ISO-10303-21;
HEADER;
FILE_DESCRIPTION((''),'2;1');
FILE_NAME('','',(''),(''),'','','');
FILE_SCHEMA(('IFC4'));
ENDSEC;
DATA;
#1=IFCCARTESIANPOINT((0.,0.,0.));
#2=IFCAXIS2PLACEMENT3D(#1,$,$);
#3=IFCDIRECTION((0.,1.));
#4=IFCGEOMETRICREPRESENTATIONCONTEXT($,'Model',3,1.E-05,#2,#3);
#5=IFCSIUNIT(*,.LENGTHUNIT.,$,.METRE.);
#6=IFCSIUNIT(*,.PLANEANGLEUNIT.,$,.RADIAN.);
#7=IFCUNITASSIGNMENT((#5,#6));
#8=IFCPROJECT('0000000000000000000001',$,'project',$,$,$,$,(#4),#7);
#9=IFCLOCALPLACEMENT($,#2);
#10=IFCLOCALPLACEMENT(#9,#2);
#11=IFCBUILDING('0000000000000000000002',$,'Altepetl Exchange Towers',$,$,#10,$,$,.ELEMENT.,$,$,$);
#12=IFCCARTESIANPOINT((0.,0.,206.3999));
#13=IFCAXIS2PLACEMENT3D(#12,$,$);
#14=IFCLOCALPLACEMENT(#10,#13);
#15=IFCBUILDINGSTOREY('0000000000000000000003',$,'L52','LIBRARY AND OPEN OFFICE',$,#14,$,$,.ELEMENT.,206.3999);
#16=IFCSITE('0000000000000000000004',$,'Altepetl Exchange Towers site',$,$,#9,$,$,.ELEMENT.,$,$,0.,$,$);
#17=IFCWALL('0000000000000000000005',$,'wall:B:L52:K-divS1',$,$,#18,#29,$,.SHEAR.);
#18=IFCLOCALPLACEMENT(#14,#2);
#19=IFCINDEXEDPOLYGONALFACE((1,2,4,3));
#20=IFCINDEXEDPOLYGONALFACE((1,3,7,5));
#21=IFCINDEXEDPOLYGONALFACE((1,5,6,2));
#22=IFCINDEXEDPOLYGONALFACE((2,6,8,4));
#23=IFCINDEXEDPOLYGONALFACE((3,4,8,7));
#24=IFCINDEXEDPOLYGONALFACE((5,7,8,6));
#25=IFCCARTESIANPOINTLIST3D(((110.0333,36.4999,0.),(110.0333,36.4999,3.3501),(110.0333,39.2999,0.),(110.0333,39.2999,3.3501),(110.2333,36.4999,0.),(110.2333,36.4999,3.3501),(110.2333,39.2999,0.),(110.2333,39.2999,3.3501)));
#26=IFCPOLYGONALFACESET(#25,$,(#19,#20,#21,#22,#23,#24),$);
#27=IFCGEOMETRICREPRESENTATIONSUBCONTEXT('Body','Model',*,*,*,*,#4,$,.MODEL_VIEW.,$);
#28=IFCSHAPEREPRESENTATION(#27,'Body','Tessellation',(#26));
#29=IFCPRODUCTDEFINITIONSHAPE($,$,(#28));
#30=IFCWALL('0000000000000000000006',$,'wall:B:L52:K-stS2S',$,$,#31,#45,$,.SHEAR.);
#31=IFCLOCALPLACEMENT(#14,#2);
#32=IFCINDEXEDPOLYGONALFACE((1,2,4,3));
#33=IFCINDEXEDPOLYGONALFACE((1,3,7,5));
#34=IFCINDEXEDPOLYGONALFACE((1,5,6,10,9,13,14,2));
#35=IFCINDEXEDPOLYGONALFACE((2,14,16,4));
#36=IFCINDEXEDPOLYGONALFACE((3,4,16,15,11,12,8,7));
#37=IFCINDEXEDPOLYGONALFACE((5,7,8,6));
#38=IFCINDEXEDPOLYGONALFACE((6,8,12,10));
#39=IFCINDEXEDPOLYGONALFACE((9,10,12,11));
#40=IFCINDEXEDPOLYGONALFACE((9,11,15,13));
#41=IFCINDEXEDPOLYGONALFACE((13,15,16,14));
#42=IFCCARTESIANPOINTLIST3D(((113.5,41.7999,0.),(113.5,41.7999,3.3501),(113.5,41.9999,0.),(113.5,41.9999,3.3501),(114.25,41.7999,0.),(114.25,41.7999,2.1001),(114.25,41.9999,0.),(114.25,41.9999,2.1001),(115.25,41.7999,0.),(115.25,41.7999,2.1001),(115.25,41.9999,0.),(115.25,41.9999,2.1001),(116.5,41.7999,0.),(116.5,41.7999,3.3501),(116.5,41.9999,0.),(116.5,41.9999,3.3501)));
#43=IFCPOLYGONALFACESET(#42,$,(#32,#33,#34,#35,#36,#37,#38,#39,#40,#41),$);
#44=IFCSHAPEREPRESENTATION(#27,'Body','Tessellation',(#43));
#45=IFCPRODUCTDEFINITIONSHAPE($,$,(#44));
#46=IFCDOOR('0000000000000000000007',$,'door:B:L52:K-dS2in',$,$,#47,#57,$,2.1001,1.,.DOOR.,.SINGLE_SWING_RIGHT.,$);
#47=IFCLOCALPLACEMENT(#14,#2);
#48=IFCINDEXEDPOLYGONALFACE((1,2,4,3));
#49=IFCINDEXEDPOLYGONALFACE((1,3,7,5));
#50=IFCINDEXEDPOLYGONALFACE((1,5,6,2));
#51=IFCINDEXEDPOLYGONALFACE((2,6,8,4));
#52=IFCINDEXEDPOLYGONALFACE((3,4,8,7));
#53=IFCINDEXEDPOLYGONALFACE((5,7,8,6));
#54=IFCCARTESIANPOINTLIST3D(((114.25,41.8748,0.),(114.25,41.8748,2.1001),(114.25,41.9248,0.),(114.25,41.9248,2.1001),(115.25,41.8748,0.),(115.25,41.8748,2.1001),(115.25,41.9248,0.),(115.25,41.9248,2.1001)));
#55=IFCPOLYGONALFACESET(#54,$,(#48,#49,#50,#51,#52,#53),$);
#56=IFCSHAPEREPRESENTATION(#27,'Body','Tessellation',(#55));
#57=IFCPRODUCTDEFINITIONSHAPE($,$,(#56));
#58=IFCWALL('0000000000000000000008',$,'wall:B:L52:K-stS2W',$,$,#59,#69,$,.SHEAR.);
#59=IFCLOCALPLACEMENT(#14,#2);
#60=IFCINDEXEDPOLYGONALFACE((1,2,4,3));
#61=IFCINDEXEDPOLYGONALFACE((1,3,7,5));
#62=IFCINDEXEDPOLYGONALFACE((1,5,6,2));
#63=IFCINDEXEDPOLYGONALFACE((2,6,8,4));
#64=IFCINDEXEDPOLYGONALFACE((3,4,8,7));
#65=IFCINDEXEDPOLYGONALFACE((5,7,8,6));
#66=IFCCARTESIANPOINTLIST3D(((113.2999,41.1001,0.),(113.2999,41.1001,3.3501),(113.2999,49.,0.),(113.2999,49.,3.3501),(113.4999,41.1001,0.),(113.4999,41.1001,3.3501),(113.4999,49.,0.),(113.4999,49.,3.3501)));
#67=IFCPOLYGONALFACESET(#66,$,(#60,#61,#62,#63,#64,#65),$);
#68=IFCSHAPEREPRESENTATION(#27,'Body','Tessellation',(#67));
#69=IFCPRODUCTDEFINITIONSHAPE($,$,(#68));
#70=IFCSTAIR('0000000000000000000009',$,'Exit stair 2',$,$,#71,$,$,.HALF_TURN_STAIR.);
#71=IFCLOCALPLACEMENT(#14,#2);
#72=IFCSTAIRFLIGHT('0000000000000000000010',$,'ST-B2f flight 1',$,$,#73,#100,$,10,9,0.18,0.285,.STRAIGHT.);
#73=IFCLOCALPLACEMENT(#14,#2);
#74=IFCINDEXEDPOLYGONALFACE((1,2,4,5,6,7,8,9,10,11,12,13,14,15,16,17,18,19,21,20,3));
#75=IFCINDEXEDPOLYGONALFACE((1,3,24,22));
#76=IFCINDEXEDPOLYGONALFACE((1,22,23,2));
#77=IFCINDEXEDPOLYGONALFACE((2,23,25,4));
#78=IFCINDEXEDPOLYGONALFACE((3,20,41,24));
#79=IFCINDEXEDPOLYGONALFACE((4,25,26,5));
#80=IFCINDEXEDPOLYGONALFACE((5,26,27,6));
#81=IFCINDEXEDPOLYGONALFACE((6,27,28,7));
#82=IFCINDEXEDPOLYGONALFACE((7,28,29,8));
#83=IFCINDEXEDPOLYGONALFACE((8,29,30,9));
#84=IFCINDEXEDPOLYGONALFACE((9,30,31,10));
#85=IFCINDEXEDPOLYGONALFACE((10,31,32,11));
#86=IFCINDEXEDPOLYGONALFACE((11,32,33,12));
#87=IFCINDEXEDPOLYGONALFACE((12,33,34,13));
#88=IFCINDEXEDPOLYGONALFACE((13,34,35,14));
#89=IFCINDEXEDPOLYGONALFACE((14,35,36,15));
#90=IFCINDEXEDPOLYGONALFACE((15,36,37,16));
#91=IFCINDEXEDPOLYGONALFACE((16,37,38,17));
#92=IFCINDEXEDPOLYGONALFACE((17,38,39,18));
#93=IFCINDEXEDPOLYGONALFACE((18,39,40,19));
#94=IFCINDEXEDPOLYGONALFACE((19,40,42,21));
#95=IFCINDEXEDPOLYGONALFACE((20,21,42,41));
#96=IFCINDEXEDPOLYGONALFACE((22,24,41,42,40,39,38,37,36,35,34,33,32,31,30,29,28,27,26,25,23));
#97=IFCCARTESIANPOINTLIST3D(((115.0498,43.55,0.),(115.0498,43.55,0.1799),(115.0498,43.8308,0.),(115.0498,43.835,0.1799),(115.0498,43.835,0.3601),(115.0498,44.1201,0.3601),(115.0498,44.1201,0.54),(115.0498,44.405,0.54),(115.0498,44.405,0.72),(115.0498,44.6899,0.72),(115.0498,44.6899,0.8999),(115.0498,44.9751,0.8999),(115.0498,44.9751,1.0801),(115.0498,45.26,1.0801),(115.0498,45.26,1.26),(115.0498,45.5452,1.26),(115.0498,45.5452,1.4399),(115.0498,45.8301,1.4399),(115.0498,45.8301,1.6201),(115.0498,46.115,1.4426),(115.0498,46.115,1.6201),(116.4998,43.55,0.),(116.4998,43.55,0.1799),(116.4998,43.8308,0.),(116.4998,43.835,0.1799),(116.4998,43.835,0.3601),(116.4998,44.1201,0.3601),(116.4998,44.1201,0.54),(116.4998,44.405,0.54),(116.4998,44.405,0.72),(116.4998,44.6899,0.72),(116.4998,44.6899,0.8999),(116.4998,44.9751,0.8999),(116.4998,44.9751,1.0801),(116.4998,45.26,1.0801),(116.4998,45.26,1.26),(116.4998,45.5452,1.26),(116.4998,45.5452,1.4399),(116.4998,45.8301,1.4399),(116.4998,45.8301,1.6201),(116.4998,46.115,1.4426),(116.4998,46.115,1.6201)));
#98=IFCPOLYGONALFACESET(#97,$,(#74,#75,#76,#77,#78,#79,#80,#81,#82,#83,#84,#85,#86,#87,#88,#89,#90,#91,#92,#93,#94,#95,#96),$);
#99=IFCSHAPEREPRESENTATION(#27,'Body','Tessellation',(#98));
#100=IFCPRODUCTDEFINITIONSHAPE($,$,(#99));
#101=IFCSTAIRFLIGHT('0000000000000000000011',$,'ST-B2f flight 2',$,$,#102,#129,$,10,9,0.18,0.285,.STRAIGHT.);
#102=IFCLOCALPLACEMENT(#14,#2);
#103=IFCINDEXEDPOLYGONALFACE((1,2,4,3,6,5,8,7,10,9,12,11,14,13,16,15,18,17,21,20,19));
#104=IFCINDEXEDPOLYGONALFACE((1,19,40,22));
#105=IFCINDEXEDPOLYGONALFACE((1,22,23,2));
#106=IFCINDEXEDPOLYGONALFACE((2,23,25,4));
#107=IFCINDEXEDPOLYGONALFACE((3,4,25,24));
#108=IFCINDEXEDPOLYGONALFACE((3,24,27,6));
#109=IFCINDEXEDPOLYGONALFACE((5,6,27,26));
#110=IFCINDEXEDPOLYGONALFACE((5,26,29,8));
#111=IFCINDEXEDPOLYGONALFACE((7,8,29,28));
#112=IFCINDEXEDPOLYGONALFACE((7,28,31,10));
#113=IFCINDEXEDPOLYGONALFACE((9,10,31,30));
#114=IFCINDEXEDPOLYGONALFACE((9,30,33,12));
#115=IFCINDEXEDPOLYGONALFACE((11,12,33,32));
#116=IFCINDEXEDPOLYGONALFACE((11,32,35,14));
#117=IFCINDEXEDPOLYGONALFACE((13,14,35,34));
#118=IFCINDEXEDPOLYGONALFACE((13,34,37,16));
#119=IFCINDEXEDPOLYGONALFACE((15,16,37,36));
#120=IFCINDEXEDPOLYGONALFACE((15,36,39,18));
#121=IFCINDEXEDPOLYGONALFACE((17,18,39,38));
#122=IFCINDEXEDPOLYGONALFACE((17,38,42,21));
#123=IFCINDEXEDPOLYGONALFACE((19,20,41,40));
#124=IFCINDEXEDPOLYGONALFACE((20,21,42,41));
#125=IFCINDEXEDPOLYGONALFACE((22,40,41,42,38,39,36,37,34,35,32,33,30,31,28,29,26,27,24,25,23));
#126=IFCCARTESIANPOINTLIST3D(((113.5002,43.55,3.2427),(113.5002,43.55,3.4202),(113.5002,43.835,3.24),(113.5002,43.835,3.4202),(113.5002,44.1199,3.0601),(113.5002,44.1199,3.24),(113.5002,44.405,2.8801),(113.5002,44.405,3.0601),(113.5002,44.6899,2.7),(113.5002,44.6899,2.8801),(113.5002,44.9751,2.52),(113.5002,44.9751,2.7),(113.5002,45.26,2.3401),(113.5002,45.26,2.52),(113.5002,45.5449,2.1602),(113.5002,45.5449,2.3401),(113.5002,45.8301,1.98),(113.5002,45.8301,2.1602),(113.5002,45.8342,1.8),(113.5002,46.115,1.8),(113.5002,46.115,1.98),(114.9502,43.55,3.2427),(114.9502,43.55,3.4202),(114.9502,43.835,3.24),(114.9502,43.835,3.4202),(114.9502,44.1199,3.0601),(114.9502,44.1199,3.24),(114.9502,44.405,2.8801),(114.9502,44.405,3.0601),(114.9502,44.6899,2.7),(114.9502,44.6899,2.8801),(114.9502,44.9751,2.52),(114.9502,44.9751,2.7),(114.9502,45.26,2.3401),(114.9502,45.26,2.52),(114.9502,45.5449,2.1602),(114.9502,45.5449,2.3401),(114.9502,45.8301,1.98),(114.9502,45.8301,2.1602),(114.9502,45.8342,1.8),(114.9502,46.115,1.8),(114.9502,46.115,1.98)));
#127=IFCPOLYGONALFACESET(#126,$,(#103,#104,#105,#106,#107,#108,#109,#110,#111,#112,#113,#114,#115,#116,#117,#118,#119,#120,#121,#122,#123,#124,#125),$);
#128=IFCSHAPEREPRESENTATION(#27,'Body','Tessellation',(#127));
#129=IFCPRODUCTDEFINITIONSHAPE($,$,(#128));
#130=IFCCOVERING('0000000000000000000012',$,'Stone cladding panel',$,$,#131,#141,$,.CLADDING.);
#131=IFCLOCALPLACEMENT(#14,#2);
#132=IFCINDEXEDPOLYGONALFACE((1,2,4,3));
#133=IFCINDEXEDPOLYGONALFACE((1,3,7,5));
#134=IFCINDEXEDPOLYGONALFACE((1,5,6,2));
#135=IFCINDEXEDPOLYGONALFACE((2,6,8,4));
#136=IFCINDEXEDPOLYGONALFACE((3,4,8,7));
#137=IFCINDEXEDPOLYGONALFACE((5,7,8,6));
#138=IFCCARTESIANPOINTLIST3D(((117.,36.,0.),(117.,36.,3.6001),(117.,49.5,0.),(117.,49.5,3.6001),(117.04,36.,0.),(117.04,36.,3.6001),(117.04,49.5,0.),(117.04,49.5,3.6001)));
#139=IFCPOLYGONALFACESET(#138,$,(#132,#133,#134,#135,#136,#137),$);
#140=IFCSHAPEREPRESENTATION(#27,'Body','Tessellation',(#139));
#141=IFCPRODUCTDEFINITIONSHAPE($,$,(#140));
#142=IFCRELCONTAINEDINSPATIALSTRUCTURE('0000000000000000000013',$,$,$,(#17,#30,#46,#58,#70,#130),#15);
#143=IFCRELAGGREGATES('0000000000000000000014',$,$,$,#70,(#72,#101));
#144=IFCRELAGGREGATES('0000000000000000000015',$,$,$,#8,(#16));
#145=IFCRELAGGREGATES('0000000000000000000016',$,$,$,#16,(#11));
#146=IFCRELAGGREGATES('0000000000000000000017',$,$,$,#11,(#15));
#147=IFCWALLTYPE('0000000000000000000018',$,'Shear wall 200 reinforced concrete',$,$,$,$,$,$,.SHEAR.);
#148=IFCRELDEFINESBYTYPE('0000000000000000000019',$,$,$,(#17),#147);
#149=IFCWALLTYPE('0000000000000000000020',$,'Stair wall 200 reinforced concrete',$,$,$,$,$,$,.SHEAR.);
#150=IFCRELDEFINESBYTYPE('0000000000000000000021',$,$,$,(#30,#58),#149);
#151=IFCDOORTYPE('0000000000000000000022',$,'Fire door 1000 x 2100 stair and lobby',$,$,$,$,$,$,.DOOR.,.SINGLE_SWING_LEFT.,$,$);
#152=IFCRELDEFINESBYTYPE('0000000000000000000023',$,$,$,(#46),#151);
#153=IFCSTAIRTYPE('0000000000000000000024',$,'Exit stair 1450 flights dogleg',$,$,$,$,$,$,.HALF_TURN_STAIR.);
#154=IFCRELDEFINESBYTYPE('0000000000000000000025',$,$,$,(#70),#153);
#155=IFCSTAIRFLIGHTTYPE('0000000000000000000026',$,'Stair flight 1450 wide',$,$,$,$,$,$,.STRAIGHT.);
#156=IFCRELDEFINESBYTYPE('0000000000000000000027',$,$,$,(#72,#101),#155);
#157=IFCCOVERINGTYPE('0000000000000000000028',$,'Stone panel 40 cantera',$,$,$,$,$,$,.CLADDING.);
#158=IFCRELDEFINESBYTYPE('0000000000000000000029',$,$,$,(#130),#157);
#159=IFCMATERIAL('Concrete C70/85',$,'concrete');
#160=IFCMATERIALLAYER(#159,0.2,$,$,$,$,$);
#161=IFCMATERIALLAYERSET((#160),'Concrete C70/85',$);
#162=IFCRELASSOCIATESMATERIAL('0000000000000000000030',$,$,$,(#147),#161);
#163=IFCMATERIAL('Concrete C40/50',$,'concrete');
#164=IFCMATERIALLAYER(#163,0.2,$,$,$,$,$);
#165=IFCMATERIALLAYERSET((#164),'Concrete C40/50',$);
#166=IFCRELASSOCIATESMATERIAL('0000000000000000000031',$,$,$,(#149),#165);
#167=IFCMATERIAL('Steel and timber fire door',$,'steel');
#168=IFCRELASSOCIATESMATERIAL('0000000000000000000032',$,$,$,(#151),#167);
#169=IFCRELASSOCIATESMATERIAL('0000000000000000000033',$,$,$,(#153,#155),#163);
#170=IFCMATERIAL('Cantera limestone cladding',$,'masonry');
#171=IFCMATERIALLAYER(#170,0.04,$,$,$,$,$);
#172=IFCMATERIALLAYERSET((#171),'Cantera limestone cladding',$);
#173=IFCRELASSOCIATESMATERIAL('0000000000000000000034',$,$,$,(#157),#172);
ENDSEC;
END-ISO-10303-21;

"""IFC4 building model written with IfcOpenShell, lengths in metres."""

from ifc_helpers import new_model, si_unit, direction, frame, frame_2d, origin, origin_2d, place, context, subcontext, project, spatial, polyline, rectangle, outline, extrude, material, layer, layer_set, type_object, element, fill, aggregate, save


model = new_model("IFC4")

# Units and contexts
model_context = context("Model", 3, precision=1e-05, world=origin(), true_north=direction((0.0, 1.0)))
body_context = subcontext(model_context, "Body", "Model", "MODEL_VIEW")
ifc_project = project(units=[si_unit("LENGTHUNIT", "METRE"), si_unit("PLANEANGLEUNIT", "RADIAN")], contexts=[model_context])

# Site, building, storey
site_placement = place(None, origin())
site = spatial("IfcSite", under=ifc_project, at=site_placement, Name="Altepetl Exchange Towers site", CompositionType="ELEMENT", RefElevation=0.0)
building_placement = place(site_placement, origin())
building = spatial("IfcBuilding", under=site, at=building_placement, Name="Altepetl Exchange Towers", CompositionType="ELEMENT")
storey_placement = place(building_placement, frame((0.0, 0.0, 206.3999)))
storey = spatial("IfcBuildingStorey", under=building, at=storey_placement, Name="L52", Description="LIBRARY AND OPEN OFFICE", CompositionType="ELEMENT", Elevation=206.3999)

# Shared definitions
ifc_material_1 = material(Name="Steel and timber fire door", Category="steel")

# Shared definitions
ifc_material_2 = material(Name="Concrete C40/50", Category="concrete")

# Wall
ifc_material_3 = material(Name="Concrete C70/85", Category="concrete")
ifc_layer_1 = layer(ifc_material_3, 0.2)
ifc_layer_set_1 = layer_set([ifc_layer_1], Name="Concrete C70/85")
wall_type_1 = type_object("IfcWallType", Name="Shear wall 200 reinforced concrete", PredefinedType="SHEAR", material=ifc_layer_set_1)
wall_1_placement = place(storey_placement, frame((110.1333, 36.5, 0.0), z_axis=(0.0, 0.0, 1.0), x_axis=(0.0, 1.0, 0.0)))
element("IfcWall", 1, at=wall_1_placement, inside=storey, type_object=wall_type_1, Name="wall:B:L52:K-divS1", PredefinedType="SHEAR", context=body_context, shape_type="SweptSolid", body=[
    extrude(rectangle(XDim=2.8, YDim=0.2, at=frame_2d((1.3999, 0.0))), origin(), (0.0, 0.0, 1.0), 3.3501),
])

# Wall, opening, door
ifc_layer_2 = layer(ifc_material_2, 0.2)
ifc_layer_set_2 = layer_set([ifc_layer_2], Name="Concrete C40/50")
wall_type_2 = type_object("IfcWallType", Name="Stair wall 200 reinforced concrete", PredefinedType="SHEAR", material=ifc_layer_set_2)
wall_2_placement = place(storey_placement, frame((113.5, 41.8999, 0.0)))
wall_2 = element("IfcWall", 2, at=wall_2_placement, inside=storey, type_object=wall_type_2, Name="wall:B:L52:K-stS2S", PredefinedType="SHEAR", context=body_context, shape_type="SweptSolid", body=[
    extrude(rectangle(XDim=3.0, YDim=0.2, at=frame_2d((1.5, 0.0))), origin(), (0.0, 0.0, 1.0), 3.3501),
])
opening_1_placement = place(wall_2_placement, frame((0.75, 0.0, 0.0)))
opening_1 = element("IfcOpeningElement", 3, at=opening_1_placement, cuts=wall_2, PredefinedType="OPENING", context=body_context, shape_type="SweptSolid", body=[
    extrude(rectangle(XDim=1.0, YDim=2.1001, at=frame_2d((0.5, 1.05))), frame((0.0, 0.1099, 0.0), z_axis=(0.0, -1.0, 0.0), x_axis=(1.0, 0.0, 0.0)), (0.0, 0.0, 1.0), 0.22),
])
door_type_1 = type_object("IfcDoorType", Name="Fire door 1000 x 2100 stair and lobby", OperationType="SINGLE_SWING_LEFT", PredefinedType="DOOR", material=ifc_material_1)
door_1_placement = place(opening_1_placement, origin())
door_1 = element("IfcDoor", 4, at=door_1_placement, inside=storey, type_object=door_type_1, Name="door:B:L52:K-dS2in", OperationType="SINGLE_SWING_RIGHT", OverallHeight=2.1001, OverallWidth=1.0, PredefinedType="DOOR", context=body_context, shape_type="SweptSolid", body=[
    extrude(rectangle(XDim=1.0, YDim=2.1001, at=frame_2d((0.5, 1.05))), frame((0.0, 0.0249, 0.0), z_axis=(0.0, -1.0, 0.0), x_axis=(1.0, 0.0, 0.0)), (0.0, 0.0, 1.0), 0.05),
])
fill(opening_1, door_1)

# Wall
wall_3_placement = place(storey_placement, frame((113.3999, 41.1001, 0.0), z_axis=(0.0, 0.0, 1.0), x_axis=(0.0, 1.0, 0.0)))
element("IfcWall", 5, at=wall_3_placement, inside=storey, type_object=wall_type_2, Name="wall:B:L52:K-stS2W", PredefinedType="SHEAR", context=body_context, shape_type="SweptSolid", body=[
    extrude(rectangle(XDim=7.8999, YDim=0.2, at=frame_2d((3.95, 0.0))), origin(), (0.0, 0.0, 1.0), 3.3501),
])

# Stair, stair flights
stair_type = type_object("IfcStairType", Name="Exit stair 1450 flights dogleg", PredefinedType="HALF_TURN_STAIR", material=ifc_material_2)
stair_placement = place(storey_placement, origin())
stair = element("IfcStair", 6, at=stair_placement, inside=storey, type_object=stair_type, Name="Exit stair 2", PredefinedType="HALF_TURN_STAIR")
stair_flight_type = type_object("IfcStairFlightType", Name="Stair flight 1450 wide", PredefinedType="STRAIGHT", material=ifc_material_2)
stair_flight_1_placement = place(storey_placement, frame((115.7749, 43.55, 0.0), z_axis=(0.0, 0.0, 1.0), x_axis=(0.0, 1.0, 0.0)))
stair_flight_1 = element("IfcStairFlight", 7, at=stair_flight_1_placement, type_object=stair_flight_type, Name="ST-B2f flight 1", NumberOfRisers=10, NumberOfTreads=9, PredefinedType="STRAIGHT", RiserHeight=0.18, TreadLength=0.285, context=body_context, shape_type="SweptSolid", body=[
    extrude(outline(polyline([(0.0, 0.0), (0.0, 0.1799), (0.2849, 0.1799), (0.2849, 0.3601), (0.5701, 0.3601), (0.5701, 0.54), (0.855, 0.54), (0.855, 0.72), (1.1399, 0.72), (1.1399, 0.8999), (1.425, 0.8999), (1.425, 1.0801), (1.71, 1.0801), (1.71, 1.26), (1.9951, 1.26), (1.9951, 1.4399), (2.28, 1.4399), (2.28, 1.6201), (2.5649, 1.6201), (2.5649, 1.8), (2.5649, 1.4426), (0.2808, 0.0), (0.0, 0.0)])), frame((0.0, 0.7251, 0.0), z_axis=(0.0, -1.0, 0.0), x_axis=(1.0, 0.0, 0.0)), (0.0, 0.0, 1.0), 1.45),
])
stair_flight_2_placement = place(storey_placement, frame((114.2251, 46.115, 1.8), z_axis=(0.0, 0.0, 1.0), x_axis=(0.0, -1.0, 0.0)))
stair_flight_2 = element("IfcStairFlight", 8, at=stair_flight_2_placement, type_object=stair_flight_type, Name="ST-B2f flight 2", NumberOfRisers=10, NumberOfTreads=9, PredefinedType="STRAIGHT", RiserHeight=0.18, TreadLength=0.285, context=body_context, shape_type="SweptSolid", body=[
    extrude(outline(polyline([(0.0, 0.0), (0.0, 0.1799), (0.2849, 0.1799), (0.2849, 0.3601), (0.5701, 0.3601), (0.5701, 0.54), (0.855, 0.54), (0.855, 0.72), (1.1399, 0.72), (1.1399, 0.8999), (1.425, 0.8999), (1.425, 1.0801), (1.71, 1.0801), (1.71, 1.26), (1.9951, 1.26), (1.9951, 1.4399), (2.28, 1.4399), (2.28, 1.6201), (2.5649, 1.6201), (2.5649, 1.8), (2.5649, 1.4426), (0.2808, 0.0), (0.0, 0.0)])), frame((0.0, 0.7251, 0.0), z_axis=(0.0, -1.0, 0.0), x_axis=(1.0, 0.0, 0.0)), (0.0, 0.0, 1.0), 1.45),
])
aggregate(stair, [stair_flight_1, stair_flight_2])

# Covering
ifc_material_4 = material(Name="Cantera limestone cladding", Category="masonry")
ifc_layer_3 = layer(ifc_material_4, 0.04)
ifc_layer_set_3 = layer_set([ifc_layer_3], Name="Cantera limestone cladding")
covering_type = type_object("IfcCoveringType", Name="Stone panel 40 cantera", PredefinedType="CLADDING", material=ifc_layer_set_3)
covering_placement = place(storey_placement, frame((117.02, 42.75, 0.0), z_axis=(0.0, 0.0, 1.0), x_axis=(0.0, 1.0, 0.0)))
element("IfcCovering", 9, at=covering_placement, inside=storey, type_object=covering_type, Name="Stone cladding panel", PredefinedType="CLADDING", context=body_context, shape_type="SweptSolid", body=[
    extrude(rectangle(XDim=13.5, YDim=0.04, at=origin_2d()), origin(), (0.0, 0.0, 1.0), 3.6001),
])

save(model, "model.ifc")
